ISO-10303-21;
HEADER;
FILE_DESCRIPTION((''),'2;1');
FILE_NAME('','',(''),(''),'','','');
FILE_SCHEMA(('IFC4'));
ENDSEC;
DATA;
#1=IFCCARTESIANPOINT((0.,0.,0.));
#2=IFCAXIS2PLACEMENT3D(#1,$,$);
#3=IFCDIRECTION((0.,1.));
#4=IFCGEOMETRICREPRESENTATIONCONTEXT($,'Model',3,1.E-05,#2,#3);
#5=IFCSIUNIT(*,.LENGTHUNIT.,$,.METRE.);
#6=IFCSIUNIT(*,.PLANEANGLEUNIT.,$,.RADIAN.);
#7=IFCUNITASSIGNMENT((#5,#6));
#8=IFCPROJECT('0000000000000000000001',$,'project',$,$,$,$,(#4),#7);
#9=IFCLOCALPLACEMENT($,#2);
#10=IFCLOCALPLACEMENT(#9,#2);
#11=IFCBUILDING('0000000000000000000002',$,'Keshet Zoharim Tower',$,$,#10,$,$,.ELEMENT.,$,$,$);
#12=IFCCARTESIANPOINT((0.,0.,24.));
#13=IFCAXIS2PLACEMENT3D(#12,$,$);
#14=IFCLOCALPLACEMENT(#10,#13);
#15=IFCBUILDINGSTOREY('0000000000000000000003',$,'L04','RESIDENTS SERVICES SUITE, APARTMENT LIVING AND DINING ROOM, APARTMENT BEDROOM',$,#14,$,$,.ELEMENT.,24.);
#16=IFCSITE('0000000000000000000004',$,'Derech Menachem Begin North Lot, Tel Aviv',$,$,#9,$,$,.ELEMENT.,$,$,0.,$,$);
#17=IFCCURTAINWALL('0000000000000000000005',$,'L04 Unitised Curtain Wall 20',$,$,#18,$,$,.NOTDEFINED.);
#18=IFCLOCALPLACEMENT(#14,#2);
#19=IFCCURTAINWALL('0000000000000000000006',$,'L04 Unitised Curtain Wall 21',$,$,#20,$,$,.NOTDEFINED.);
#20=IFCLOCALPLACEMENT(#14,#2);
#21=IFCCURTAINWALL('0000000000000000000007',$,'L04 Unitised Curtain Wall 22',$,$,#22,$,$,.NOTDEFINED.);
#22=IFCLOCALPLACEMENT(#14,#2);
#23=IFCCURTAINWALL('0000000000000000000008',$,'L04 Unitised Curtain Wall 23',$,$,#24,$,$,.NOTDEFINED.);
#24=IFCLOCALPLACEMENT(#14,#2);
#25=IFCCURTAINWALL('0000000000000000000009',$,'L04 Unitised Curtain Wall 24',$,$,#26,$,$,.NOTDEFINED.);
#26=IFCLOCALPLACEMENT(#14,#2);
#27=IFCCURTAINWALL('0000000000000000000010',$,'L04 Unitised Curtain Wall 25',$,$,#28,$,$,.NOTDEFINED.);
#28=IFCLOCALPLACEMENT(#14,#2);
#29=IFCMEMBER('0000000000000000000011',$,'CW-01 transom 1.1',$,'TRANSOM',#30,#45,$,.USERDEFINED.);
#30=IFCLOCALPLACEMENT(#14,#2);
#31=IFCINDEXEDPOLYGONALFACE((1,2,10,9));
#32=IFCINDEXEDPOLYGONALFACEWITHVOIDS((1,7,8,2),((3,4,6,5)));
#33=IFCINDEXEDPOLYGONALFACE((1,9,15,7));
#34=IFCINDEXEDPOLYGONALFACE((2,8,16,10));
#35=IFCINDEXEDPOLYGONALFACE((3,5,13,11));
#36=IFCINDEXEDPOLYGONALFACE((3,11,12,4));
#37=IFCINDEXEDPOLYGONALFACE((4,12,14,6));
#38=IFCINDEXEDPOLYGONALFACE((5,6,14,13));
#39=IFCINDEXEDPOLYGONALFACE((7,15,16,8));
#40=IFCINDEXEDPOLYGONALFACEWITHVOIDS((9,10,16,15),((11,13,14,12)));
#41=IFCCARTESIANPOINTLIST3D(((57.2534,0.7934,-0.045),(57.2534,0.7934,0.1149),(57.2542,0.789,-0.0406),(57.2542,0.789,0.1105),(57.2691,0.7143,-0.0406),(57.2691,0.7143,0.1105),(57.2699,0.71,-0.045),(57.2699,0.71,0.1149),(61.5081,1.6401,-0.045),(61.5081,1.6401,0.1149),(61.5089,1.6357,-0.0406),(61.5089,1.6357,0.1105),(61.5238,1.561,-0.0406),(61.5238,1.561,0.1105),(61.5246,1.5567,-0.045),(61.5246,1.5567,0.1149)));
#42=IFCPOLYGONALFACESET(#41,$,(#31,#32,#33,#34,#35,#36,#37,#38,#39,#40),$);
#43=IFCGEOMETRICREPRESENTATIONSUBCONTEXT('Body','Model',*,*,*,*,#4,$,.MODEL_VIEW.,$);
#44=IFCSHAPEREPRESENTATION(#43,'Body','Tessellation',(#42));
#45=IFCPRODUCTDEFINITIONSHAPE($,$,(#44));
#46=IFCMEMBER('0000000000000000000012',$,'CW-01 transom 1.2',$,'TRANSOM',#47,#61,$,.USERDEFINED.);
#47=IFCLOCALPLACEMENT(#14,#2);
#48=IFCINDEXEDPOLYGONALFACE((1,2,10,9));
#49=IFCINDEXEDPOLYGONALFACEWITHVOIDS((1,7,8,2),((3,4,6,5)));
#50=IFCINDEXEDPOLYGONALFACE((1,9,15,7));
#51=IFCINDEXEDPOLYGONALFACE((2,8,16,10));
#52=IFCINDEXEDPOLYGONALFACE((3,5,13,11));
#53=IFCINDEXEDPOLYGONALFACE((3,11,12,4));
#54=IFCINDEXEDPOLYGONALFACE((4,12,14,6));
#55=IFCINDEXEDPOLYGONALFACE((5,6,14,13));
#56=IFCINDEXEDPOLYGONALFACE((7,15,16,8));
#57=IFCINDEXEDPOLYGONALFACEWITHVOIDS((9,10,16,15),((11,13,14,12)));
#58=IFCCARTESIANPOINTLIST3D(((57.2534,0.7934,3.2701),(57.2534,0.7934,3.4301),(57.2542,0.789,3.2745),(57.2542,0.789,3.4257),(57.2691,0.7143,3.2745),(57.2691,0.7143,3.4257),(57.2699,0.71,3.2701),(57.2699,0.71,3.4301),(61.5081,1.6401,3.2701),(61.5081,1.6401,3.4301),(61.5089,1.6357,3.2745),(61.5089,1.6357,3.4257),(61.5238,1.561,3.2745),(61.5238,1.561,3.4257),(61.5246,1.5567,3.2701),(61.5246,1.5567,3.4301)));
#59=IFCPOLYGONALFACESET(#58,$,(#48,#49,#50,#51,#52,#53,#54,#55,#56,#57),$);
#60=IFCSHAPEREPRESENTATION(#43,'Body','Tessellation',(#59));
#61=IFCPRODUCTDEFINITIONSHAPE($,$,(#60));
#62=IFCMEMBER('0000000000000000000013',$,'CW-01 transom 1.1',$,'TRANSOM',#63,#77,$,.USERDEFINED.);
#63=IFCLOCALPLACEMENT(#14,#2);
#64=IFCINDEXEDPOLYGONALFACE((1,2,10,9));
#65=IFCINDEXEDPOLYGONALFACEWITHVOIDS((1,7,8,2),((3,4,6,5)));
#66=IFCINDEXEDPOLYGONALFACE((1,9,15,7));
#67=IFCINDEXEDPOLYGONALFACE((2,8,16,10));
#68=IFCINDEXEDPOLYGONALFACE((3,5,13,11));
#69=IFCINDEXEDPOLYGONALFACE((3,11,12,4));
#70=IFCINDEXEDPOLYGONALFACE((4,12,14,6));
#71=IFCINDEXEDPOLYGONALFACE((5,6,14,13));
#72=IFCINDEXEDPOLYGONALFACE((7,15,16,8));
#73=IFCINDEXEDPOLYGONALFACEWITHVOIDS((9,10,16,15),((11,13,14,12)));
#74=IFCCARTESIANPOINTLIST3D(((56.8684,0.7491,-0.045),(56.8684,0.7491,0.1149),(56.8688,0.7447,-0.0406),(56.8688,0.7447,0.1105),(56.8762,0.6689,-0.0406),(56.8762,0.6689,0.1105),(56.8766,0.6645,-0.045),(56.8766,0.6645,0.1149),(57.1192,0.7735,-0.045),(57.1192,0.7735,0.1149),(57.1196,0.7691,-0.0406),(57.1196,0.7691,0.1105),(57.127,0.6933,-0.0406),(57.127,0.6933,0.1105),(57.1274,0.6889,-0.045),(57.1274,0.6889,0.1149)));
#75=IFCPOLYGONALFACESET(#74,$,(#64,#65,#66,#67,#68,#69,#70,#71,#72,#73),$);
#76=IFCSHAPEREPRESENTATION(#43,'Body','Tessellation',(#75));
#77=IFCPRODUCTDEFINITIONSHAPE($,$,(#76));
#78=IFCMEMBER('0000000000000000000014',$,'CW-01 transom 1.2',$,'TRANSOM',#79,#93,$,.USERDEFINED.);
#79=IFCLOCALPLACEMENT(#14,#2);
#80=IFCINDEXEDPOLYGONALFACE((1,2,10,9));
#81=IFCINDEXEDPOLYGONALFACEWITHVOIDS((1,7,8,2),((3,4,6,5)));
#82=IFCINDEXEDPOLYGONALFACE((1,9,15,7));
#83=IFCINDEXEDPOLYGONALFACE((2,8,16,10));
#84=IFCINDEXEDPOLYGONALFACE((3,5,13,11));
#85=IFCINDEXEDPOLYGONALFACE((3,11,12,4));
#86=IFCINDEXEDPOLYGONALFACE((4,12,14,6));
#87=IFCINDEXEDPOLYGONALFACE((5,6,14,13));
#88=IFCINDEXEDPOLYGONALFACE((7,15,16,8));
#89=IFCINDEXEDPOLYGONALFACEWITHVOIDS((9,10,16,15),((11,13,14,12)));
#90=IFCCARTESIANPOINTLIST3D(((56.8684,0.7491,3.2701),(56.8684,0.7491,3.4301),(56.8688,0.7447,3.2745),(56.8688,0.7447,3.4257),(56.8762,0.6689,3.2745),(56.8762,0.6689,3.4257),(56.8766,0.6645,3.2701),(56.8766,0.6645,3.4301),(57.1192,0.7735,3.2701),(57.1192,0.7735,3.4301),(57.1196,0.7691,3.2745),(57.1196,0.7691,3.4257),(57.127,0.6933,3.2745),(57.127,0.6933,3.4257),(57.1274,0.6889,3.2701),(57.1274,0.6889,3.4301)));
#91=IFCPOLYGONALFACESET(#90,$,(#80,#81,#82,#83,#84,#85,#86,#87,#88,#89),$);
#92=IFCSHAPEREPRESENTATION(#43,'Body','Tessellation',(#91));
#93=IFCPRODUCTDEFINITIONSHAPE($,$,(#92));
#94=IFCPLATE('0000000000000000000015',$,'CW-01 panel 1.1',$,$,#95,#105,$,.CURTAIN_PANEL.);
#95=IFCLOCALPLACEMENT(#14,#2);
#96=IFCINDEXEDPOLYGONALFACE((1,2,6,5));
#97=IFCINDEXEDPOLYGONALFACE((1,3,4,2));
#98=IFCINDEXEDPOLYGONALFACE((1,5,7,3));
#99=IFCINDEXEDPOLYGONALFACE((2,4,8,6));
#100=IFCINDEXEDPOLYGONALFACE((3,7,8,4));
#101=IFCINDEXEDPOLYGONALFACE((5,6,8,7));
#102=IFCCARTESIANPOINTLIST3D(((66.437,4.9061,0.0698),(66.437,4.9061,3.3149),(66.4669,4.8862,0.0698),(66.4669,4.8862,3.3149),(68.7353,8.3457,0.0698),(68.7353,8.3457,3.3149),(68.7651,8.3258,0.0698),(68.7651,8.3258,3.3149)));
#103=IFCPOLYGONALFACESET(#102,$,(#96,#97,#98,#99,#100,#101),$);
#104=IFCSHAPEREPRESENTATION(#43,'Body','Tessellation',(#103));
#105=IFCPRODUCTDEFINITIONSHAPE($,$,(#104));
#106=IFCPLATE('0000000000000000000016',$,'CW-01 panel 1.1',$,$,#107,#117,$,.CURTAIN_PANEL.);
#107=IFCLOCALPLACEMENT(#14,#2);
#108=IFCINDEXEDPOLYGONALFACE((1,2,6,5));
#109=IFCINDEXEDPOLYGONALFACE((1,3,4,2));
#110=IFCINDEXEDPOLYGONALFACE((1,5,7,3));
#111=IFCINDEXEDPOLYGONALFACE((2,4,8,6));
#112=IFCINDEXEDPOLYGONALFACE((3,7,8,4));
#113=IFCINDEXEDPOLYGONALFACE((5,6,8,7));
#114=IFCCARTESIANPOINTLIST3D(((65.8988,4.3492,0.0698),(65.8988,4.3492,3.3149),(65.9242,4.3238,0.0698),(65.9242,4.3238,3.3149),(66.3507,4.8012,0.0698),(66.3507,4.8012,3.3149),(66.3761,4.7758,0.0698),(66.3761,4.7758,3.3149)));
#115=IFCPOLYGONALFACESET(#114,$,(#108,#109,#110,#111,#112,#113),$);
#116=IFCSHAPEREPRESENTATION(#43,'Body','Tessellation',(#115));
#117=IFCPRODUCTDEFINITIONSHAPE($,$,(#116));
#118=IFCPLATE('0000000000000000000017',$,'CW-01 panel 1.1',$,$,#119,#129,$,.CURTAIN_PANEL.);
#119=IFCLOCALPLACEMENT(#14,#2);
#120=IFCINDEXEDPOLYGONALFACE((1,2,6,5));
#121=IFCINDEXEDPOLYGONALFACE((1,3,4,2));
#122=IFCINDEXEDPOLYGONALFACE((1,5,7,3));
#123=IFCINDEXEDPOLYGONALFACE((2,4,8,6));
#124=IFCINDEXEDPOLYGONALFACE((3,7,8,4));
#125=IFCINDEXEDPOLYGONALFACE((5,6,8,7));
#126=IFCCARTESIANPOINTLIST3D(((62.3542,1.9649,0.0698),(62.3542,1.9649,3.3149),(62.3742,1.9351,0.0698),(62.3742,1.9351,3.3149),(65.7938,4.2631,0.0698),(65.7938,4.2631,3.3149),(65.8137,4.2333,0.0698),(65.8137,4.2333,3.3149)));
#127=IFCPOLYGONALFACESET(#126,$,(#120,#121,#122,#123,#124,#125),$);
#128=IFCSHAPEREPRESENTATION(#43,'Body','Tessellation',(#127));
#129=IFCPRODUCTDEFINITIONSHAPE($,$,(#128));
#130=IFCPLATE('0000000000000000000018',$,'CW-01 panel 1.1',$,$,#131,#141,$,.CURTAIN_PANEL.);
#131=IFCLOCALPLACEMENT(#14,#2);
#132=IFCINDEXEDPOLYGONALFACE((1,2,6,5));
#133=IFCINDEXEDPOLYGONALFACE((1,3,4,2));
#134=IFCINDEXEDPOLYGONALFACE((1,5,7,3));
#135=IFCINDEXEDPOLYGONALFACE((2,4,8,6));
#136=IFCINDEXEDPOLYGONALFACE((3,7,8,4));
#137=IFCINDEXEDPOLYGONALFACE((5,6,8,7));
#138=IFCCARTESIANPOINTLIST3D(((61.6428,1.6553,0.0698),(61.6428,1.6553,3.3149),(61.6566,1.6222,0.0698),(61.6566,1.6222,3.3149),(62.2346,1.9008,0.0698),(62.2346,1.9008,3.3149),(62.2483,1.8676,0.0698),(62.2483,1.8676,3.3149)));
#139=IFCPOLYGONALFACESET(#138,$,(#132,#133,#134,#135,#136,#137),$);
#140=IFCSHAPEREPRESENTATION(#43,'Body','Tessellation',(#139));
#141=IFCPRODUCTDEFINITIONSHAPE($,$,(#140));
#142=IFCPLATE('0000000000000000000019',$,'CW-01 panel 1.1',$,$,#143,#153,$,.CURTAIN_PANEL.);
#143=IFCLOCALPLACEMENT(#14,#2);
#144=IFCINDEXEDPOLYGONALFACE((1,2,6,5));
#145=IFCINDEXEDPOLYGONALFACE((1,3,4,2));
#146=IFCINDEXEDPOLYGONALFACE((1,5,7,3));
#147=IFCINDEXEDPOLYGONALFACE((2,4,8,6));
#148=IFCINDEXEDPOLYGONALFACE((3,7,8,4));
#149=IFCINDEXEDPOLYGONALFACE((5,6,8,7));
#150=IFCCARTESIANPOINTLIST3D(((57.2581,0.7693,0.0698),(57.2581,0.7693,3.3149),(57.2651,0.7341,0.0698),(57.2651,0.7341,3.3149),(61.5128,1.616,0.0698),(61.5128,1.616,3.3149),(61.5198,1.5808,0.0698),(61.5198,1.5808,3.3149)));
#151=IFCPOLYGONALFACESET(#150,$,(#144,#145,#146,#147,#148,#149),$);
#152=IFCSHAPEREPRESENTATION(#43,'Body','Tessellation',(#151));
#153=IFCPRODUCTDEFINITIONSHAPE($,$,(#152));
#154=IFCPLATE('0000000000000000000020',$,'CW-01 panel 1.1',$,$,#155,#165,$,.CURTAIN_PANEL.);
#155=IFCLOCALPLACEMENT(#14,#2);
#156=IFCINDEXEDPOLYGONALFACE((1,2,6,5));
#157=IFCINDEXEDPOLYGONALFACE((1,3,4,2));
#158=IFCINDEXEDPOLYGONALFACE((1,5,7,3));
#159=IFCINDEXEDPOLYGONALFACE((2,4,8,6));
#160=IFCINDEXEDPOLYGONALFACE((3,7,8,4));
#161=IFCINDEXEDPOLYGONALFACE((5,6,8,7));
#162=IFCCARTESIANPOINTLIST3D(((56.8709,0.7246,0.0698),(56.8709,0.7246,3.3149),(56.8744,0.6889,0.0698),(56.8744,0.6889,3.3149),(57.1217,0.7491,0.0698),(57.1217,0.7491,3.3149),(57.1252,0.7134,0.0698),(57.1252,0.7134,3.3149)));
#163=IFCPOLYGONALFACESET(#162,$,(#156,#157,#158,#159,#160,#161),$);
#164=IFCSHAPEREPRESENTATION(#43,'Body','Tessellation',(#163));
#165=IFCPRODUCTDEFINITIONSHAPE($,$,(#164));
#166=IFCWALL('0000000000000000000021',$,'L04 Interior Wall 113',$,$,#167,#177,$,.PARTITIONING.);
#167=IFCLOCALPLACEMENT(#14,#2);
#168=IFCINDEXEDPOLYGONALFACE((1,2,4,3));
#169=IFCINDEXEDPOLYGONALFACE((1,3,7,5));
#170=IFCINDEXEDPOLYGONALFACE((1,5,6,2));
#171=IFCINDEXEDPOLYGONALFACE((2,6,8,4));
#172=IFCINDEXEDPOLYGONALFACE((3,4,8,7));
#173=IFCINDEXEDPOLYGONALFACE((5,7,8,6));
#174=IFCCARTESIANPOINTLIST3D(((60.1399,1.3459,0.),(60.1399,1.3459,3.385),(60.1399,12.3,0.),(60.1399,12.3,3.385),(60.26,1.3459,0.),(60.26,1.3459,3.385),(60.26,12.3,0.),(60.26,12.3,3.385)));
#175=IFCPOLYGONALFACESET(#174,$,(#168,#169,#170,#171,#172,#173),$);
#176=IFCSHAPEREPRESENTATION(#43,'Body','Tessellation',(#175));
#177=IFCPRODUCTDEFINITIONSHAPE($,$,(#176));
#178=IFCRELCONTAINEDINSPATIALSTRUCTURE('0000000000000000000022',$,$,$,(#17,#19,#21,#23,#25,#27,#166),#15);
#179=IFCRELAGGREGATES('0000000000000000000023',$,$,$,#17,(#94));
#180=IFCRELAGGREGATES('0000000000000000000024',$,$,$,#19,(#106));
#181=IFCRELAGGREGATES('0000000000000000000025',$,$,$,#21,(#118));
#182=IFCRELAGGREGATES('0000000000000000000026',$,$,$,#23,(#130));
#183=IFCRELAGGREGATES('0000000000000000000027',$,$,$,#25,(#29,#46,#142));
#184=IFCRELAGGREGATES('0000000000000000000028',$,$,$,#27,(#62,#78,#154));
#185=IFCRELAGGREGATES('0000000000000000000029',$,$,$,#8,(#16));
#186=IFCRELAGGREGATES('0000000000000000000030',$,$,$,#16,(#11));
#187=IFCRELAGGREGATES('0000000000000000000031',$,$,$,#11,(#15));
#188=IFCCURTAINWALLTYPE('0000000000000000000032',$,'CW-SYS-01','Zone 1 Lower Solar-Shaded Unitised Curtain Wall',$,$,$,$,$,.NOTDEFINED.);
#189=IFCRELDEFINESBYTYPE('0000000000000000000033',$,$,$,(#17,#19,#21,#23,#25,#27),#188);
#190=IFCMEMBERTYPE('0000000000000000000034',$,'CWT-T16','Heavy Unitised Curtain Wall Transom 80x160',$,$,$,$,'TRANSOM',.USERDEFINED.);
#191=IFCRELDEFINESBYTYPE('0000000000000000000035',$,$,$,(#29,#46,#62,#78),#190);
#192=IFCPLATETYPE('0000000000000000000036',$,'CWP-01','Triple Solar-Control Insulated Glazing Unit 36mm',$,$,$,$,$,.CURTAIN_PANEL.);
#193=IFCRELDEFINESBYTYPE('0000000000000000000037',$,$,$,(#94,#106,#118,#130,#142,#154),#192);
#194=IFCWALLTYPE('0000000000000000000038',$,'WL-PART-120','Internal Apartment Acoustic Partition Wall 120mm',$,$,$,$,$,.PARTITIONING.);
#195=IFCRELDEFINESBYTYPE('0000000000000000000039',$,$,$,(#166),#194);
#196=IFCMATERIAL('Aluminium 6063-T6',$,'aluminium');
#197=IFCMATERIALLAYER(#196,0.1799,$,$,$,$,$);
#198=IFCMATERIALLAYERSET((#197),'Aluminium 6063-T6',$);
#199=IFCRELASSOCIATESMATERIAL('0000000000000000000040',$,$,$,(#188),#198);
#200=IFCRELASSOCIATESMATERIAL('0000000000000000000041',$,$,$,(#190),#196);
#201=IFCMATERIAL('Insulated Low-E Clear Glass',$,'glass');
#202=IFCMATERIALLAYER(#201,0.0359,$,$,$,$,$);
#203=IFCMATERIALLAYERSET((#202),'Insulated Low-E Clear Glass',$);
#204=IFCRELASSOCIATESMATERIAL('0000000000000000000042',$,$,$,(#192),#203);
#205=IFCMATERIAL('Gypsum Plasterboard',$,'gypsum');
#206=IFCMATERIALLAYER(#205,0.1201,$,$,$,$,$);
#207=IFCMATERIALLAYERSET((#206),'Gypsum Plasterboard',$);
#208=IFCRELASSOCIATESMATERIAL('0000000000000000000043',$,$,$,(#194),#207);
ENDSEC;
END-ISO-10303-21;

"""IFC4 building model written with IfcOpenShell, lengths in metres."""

from ifc_helpers import new_model, si_unit, direction, frame, frame_2d, origin, origin_2d, place, context, subcontext, project, spatial, rectangle, hollow_rectangle, extrude, material, layer, layer_set, material_profile, profile_set, type_object, element, aggregate, save


model = new_model("IFC4")

# Units and contexts
model_context = context("Model", 3, precision=1e-05, world=origin(), true_north=direction((0.0, 1.0)))
body_context = subcontext(model_context, "Body", "Model", "MODEL_VIEW")
ifc_project = project(units=[si_unit("LENGTHUNIT", "METRE"), si_unit("PLANEANGLEUNIT", "RADIAN")], contexts=[model_context])

# Site, building, storey
site_placement = place(None, origin())
site = spatial("IfcSite", under=ifc_project, at=site_placement, Name="Derech Menachem Begin North Lot, Tel Aviv", CompositionType="ELEMENT", RefElevation=0.0)
building_placement = place(site_placement, origin())
building = spatial("IfcBuilding", under=site, at=building_placement, Name="Keshet Zoharim Tower", CompositionType="ELEMENT")
storey_placement = place(building_placement, frame((0.0, 0.0, 24.0)))
storey = spatial("IfcBuildingStorey", under=building, at=storey_placement, Name="L04", Description="RESIDENTS SERVICES SUITE, APARTMENT LIVING AND DINING ROOM, APARTMENT BEDROOM", CompositionType="ELEMENT", Elevation=24.0)

# Curtain wall
ifc_material_1 = material(Name="Aluminium 6063-T6", Category="aluminium")
ifc_layer_1 = layer(ifc_material_1, 0.1799)
ifc_layer_set_1 = layer_set([ifc_layer_1], Name="Aluminium 6063-T6")
curtain_wall_type = type_object("IfcCurtainWallType", Name="CW-SYS-01", Description="Zone 1 Lower Solar-Shaded Unitised Curtain Wall", PredefinedType="NOTDEFINED", material=ifc_layer_set_1)
curtain_wall_1_placement = place(storey_placement, origin())
curtain_wall_1 = element("IfcCurtainWall", 1, at=curtain_wall_1_placement, inside=storey, type_object=curtain_wall_type, Name="L04 Unitised Curtain Wall 20", PredefinedType="NOTDEFINED")

# Curtain walls
curtain_wall_2_placement = place(storey_placement, origin())
curtain_wall_2 = element("IfcCurtainWall", 2, at=curtain_wall_2_placement, inside=storey, type_object=curtain_wall_type, Name="L04 Unitised Curtain Wall 21", PredefinedType="NOTDEFINED")
curtain_wall_3_placement = place(storey_placement, origin())
curtain_wall_3 = element("IfcCurtainWall", 3, at=curtain_wall_3_placement, inside=storey, type_object=curtain_wall_type, Name="L04 Unitised Curtain Wall 22", PredefinedType="NOTDEFINED")
curtain_wall_4_placement = place(storey_placement, origin())
curtain_wall_4 = element("IfcCurtainWall", 4, at=curtain_wall_4_placement, inside=storey, type_object=curtain_wall_type, Name="L04 Unitised Curtain Wall 23", PredefinedType="NOTDEFINED")
curtain_wall_5_placement = place(storey_placement, origin())
curtain_wall_5 = element("IfcCurtainWall", 5, at=curtain_wall_5_placement, inside=storey, type_object=curtain_wall_type, Name="L04 Unitised Curtain Wall 24", PredefinedType="NOTDEFINED")

# Curtain wall
curtain_wall_6_placement = place(storey_placement, origin())
curtain_wall_6 = element("IfcCurtainWall", 6, at=curtain_wall_6_placement, inside=storey, type_object=curtain_wall_type, Name="L04 Unitised Curtain Wall 25", PredefinedType="NOTDEFINED")

# Members
ifc_material_profile_1 = material_profile(ifc_material_1, hollow_rectangle(XDim=0.085, YDim=0.1599, WallThickness=0.0044, at=origin_2d()), Name="TRN-85x160")
ifc_profile_set_1 = profile_set([ifc_material_profile_1], Name="Aluminium 6063-T6")
member_type_1 = type_object("IfcMemberType", Name="CWT-T16", Description="Heavy Unitised Curtain Wall Transom 80x160", ElementType="TRANSOM", PredefinedType="USERDEFINED", material=ifc_profile_set_1)
member_1_placement = place(storey_placement, frame((61.5164, 1.5984, 0.0349), z_axis=(-0.980769, -0.195174, 0.0), x_axis=(0.195174, -0.980769, 0.0)))
member_1 = element("IfcMember", 7, at=member_1_placement, type_object=member_type_1, Name="CW-01 transom 1.1", ObjectType="TRANSOM", PredefinedType="USERDEFINED", context=body_context, shape_type="SweptSolid", body=[
    extrude(hollow_rectangle(XDim=0.085, YDim=0.1599, WallThickness=0.0044, at=origin_2d()), origin(), (0.0, 0.0, 1.0), 4.3381),
])
member_2_placement = place(storey_placement, frame((61.5164, 1.5984, 3.3501), z_axis=(-0.980769, -0.195174, 0.0), x_axis=(0.195174, -0.980769, 0.0)))
member_2 = element("IfcMember", 8, at=member_2_placement, type_object=member_type_1, Name="CW-01 transom 1.2", ObjectType="TRANSOM", PredefinedType="USERDEFINED", context=body_context, shape_type="SweptSolid", body=[
    extrude(hollow_rectangle(XDim=0.085, YDim=0.1599, WallThickness=0.0044, at=origin_2d()), origin(), (0.0, 0.0, 1.0), 4.3381),
])
member_3_placement = place(storey_placement, frame((57.1233, 0.7312, 0.0349), z_axis=(-0.995293, -0.096913, 0.0), x_axis=(0.096913, -0.995293, 0.0)))
member_3 = element("IfcMember", 9, at=member_3_placement, type_object=member_type_1, Name="CW-01 transom 1.1", ObjectType="TRANSOM", PredefinedType="USERDEFINED", context=body_context, shape_type="SweptSolid", body=[
    extrude(hollow_rectangle(XDim=0.085, YDim=0.1599, WallThickness=0.0044, at=origin_2d()), origin(), (0.0, 0.0, 1.0), 0.252),
])
member_4_placement = place(storey_placement, frame((57.1233, 0.7312, 3.3501), z_axis=(-0.995293, -0.096913, 0.0), x_axis=(0.096913, -0.995293, 0.0)))
member_4 = element("IfcMember", 10, at=member_4_placement, type_object=member_type_1, Name="CW-01 transom 1.2", ObjectType="TRANSOM", PredefinedType="USERDEFINED", context=body_context, shape_type="SweptSolid", body=[
    extrude(hollow_rectangle(XDim=0.085, YDim=0.1599, WallThickness=0.0044, at=origin_2d()), origin(), (0.0, 0.0, 1.0), 0.252),
])

# Plates
ifc_material_2 = material(Name="Insulated Low-E Clear Glass", Category="glass")
ifc_layer_2 = layer(ifc_material_2, 0.0359)
ifc_layer_set_2 = layer_set([ifc_layer_2], Name="Insulated Low-E Clear Glass")
plate_type = type_object("IfcPlateType", Name="CWP-01", Description="Triple Solar-Control Insulated Glazing Unit 36mm", PredefinedType="CURTAIN_PANEL", material=ifc_layer_set_2)
plate_1_placement = place(storey_placement, frame((67.6011, 6.616, 0.0698), z_axis=(0.0, 0.0, 1.0), x_axis=(-0.555563, -0.831474, 0.0)))
plate_1 = element("IfcPlate", 11, at=plate_1_placement, type_object=plate_type, Name="CW-01 panel 1.1", PredefinedType="CURTAIN_PANEL", context=body_context, shape_type="SweptSolid", body=[
    extrude(rectangle(XDim=4.1367, YDim=0.0359, at=origin_2d()), origin(), (0.0, 0.0, 1.0), 3.2451),
])
aggregate(curtain_wall_1, [plate_1])
plate_2_placement = place(storey_placement, frame((66.1375, 4.5625, 0.0698), z_axis=(0.0, 0.0, 1.0), x_axis=(-0.707107, -0.707107, 0.0)))
plate_2 = element("IfcPlate", 12, at=plate_2_placement, type_object=plate_type, Name="CW-01 panel 1.1", PredefinedType="CURTAIN_PANEL", context=body_context, shape_type="SweptSolid", body=[
    extrude(rectangle(XDim=0.6392, YDim=0.0359, at=origin_2d()), origin(), (0.0, 0.0, 1.0), 3.2451),
])
aggregate(curtain_wall_2, [plate_2])
plate_3_placement = place(storey_placement, frame((64.084, 3.0991, 0.0698), z_axis=(0.0, 0.0, 1.0), x_axis=(-0.831474, -0.555563, 0.0)))
plate_3 = element("IfcPlate", 13, at=plate_3_placement, type_object=plate_type, Name="CW-01 panel 1.1", PredefinedType="CURTAIN_PANEL", context=body_context, shape_type="SweptSolid", body=[
    extrude(rectangle(XDim=4.1367, YDim=0.0359, at=origin_2d()), origin(), (0.0, 0.0, 1.0), 3.2451),
])
aggregate(curtain_wall_3, [plate_3])
plate_4_placement = place(storey_placement, frame((61.9456, 1.7615, 0.0698), z_axis=(0.0, 0.0, 1.0), x_axis=(-0.92372, -0.383068, 0.0)))
plate_4 = element("IfcPlate", 14, at=plate_4_placement, type_object=plate_type, Name="CW-01 panel 1.1", PredefinedType="CURTAIN_PANEL", context=body_context, shape_type="SweptSolid", body=[
    extrude(rectangle(XDim=0.6406, YDim=0.0359, at=origin_2d()), origin(), (0.0, 0.0, 1.0), 3.2451),
])
aggregate(curtain_wall_4, [plate_4])
plate_5_placement = place(storey_placement, frame((59.3889, 1.175, 0.0698), z_axis=(0.0, 0.0, 1.0), x_axis=(-0.980769, -0.195171, 0.0)))
plate_5 = element("IfcPlate", 15, at=plate_5_placement, type_object=plate_type, Name="CW-01 panel 1.1", PredefinedType="CURTAIN_PANEL", context=body_context, shape_type="SweptSolid", body=[
    extrude(rectangle(XDim=4.3381, YDim=0.0359, at=origin_2d()), origin(), (0.0, 0.0, 1.0), 3.2451),
])
aggregate(curtain_wall_5, [member_1, member_2, plate_5])
plate_6_placement = place(storey_placement, frame((56.998, 0.719, 0.0698), z_axis=(0.0, 0.0, 1.0), x_axis=(-0.995287, -0.096977, 0.0)))
plate_6 = element("IfcPlate", 16, at=plate_6_placement, type_object=plate_type, Name="CW-01 panel 1.1", PredefinedType="CURTAIN_PANEL", context=body_context, shape_type="SweptSolid", body=[
    extrude(rectangle(XDim=0.252, YDim=0.0359, at=origin_2d()), origin(), (0.0, 0.0, 1.0), 3.2451),
])
aggregate(curtain_wall_6, [member_3, member_4, plate_6])

# Wall
ifc_material_3 = material(Name="Gypsum Plasterboard", Category="gypsum")
ifc_layer_3 = layer(ifc_material_3, 0.1201)
ifc_layer_set_3 = layer_set([ifc_layer_3], Name="Gypsum Plasterboard")
wall_type = type_object("IfcWallType", Name="WL-PART-120", Description="Internal Apartment Acoustic Partition Wall 120mm", PredefinedType="PARTITIONING", material=ifc_layer_set_3)
wall_1_placement = place(storey_placement, frame((60.2, 1.3459, 0.0), z_axis=(0.0, 0.0, 1.0), x_axis=(0.0, 1.0, 0.0)))
element("IfcWall", 17, at=wall_1_placement, inside=storey, type_object=wall_type, Name="L04 Interior Wall 113", PredefinedType="PARTITIONING", context=body_context, shape_type="SweptSolid", body=[
    extrude(rectangle(XDim=10.9541, YDim=0.1201, at=frame_2d((5.4771, 0.0))), origin(), (0.0, 0.0, 1.0), 3.385),
])

save(model, "model.ifc")
